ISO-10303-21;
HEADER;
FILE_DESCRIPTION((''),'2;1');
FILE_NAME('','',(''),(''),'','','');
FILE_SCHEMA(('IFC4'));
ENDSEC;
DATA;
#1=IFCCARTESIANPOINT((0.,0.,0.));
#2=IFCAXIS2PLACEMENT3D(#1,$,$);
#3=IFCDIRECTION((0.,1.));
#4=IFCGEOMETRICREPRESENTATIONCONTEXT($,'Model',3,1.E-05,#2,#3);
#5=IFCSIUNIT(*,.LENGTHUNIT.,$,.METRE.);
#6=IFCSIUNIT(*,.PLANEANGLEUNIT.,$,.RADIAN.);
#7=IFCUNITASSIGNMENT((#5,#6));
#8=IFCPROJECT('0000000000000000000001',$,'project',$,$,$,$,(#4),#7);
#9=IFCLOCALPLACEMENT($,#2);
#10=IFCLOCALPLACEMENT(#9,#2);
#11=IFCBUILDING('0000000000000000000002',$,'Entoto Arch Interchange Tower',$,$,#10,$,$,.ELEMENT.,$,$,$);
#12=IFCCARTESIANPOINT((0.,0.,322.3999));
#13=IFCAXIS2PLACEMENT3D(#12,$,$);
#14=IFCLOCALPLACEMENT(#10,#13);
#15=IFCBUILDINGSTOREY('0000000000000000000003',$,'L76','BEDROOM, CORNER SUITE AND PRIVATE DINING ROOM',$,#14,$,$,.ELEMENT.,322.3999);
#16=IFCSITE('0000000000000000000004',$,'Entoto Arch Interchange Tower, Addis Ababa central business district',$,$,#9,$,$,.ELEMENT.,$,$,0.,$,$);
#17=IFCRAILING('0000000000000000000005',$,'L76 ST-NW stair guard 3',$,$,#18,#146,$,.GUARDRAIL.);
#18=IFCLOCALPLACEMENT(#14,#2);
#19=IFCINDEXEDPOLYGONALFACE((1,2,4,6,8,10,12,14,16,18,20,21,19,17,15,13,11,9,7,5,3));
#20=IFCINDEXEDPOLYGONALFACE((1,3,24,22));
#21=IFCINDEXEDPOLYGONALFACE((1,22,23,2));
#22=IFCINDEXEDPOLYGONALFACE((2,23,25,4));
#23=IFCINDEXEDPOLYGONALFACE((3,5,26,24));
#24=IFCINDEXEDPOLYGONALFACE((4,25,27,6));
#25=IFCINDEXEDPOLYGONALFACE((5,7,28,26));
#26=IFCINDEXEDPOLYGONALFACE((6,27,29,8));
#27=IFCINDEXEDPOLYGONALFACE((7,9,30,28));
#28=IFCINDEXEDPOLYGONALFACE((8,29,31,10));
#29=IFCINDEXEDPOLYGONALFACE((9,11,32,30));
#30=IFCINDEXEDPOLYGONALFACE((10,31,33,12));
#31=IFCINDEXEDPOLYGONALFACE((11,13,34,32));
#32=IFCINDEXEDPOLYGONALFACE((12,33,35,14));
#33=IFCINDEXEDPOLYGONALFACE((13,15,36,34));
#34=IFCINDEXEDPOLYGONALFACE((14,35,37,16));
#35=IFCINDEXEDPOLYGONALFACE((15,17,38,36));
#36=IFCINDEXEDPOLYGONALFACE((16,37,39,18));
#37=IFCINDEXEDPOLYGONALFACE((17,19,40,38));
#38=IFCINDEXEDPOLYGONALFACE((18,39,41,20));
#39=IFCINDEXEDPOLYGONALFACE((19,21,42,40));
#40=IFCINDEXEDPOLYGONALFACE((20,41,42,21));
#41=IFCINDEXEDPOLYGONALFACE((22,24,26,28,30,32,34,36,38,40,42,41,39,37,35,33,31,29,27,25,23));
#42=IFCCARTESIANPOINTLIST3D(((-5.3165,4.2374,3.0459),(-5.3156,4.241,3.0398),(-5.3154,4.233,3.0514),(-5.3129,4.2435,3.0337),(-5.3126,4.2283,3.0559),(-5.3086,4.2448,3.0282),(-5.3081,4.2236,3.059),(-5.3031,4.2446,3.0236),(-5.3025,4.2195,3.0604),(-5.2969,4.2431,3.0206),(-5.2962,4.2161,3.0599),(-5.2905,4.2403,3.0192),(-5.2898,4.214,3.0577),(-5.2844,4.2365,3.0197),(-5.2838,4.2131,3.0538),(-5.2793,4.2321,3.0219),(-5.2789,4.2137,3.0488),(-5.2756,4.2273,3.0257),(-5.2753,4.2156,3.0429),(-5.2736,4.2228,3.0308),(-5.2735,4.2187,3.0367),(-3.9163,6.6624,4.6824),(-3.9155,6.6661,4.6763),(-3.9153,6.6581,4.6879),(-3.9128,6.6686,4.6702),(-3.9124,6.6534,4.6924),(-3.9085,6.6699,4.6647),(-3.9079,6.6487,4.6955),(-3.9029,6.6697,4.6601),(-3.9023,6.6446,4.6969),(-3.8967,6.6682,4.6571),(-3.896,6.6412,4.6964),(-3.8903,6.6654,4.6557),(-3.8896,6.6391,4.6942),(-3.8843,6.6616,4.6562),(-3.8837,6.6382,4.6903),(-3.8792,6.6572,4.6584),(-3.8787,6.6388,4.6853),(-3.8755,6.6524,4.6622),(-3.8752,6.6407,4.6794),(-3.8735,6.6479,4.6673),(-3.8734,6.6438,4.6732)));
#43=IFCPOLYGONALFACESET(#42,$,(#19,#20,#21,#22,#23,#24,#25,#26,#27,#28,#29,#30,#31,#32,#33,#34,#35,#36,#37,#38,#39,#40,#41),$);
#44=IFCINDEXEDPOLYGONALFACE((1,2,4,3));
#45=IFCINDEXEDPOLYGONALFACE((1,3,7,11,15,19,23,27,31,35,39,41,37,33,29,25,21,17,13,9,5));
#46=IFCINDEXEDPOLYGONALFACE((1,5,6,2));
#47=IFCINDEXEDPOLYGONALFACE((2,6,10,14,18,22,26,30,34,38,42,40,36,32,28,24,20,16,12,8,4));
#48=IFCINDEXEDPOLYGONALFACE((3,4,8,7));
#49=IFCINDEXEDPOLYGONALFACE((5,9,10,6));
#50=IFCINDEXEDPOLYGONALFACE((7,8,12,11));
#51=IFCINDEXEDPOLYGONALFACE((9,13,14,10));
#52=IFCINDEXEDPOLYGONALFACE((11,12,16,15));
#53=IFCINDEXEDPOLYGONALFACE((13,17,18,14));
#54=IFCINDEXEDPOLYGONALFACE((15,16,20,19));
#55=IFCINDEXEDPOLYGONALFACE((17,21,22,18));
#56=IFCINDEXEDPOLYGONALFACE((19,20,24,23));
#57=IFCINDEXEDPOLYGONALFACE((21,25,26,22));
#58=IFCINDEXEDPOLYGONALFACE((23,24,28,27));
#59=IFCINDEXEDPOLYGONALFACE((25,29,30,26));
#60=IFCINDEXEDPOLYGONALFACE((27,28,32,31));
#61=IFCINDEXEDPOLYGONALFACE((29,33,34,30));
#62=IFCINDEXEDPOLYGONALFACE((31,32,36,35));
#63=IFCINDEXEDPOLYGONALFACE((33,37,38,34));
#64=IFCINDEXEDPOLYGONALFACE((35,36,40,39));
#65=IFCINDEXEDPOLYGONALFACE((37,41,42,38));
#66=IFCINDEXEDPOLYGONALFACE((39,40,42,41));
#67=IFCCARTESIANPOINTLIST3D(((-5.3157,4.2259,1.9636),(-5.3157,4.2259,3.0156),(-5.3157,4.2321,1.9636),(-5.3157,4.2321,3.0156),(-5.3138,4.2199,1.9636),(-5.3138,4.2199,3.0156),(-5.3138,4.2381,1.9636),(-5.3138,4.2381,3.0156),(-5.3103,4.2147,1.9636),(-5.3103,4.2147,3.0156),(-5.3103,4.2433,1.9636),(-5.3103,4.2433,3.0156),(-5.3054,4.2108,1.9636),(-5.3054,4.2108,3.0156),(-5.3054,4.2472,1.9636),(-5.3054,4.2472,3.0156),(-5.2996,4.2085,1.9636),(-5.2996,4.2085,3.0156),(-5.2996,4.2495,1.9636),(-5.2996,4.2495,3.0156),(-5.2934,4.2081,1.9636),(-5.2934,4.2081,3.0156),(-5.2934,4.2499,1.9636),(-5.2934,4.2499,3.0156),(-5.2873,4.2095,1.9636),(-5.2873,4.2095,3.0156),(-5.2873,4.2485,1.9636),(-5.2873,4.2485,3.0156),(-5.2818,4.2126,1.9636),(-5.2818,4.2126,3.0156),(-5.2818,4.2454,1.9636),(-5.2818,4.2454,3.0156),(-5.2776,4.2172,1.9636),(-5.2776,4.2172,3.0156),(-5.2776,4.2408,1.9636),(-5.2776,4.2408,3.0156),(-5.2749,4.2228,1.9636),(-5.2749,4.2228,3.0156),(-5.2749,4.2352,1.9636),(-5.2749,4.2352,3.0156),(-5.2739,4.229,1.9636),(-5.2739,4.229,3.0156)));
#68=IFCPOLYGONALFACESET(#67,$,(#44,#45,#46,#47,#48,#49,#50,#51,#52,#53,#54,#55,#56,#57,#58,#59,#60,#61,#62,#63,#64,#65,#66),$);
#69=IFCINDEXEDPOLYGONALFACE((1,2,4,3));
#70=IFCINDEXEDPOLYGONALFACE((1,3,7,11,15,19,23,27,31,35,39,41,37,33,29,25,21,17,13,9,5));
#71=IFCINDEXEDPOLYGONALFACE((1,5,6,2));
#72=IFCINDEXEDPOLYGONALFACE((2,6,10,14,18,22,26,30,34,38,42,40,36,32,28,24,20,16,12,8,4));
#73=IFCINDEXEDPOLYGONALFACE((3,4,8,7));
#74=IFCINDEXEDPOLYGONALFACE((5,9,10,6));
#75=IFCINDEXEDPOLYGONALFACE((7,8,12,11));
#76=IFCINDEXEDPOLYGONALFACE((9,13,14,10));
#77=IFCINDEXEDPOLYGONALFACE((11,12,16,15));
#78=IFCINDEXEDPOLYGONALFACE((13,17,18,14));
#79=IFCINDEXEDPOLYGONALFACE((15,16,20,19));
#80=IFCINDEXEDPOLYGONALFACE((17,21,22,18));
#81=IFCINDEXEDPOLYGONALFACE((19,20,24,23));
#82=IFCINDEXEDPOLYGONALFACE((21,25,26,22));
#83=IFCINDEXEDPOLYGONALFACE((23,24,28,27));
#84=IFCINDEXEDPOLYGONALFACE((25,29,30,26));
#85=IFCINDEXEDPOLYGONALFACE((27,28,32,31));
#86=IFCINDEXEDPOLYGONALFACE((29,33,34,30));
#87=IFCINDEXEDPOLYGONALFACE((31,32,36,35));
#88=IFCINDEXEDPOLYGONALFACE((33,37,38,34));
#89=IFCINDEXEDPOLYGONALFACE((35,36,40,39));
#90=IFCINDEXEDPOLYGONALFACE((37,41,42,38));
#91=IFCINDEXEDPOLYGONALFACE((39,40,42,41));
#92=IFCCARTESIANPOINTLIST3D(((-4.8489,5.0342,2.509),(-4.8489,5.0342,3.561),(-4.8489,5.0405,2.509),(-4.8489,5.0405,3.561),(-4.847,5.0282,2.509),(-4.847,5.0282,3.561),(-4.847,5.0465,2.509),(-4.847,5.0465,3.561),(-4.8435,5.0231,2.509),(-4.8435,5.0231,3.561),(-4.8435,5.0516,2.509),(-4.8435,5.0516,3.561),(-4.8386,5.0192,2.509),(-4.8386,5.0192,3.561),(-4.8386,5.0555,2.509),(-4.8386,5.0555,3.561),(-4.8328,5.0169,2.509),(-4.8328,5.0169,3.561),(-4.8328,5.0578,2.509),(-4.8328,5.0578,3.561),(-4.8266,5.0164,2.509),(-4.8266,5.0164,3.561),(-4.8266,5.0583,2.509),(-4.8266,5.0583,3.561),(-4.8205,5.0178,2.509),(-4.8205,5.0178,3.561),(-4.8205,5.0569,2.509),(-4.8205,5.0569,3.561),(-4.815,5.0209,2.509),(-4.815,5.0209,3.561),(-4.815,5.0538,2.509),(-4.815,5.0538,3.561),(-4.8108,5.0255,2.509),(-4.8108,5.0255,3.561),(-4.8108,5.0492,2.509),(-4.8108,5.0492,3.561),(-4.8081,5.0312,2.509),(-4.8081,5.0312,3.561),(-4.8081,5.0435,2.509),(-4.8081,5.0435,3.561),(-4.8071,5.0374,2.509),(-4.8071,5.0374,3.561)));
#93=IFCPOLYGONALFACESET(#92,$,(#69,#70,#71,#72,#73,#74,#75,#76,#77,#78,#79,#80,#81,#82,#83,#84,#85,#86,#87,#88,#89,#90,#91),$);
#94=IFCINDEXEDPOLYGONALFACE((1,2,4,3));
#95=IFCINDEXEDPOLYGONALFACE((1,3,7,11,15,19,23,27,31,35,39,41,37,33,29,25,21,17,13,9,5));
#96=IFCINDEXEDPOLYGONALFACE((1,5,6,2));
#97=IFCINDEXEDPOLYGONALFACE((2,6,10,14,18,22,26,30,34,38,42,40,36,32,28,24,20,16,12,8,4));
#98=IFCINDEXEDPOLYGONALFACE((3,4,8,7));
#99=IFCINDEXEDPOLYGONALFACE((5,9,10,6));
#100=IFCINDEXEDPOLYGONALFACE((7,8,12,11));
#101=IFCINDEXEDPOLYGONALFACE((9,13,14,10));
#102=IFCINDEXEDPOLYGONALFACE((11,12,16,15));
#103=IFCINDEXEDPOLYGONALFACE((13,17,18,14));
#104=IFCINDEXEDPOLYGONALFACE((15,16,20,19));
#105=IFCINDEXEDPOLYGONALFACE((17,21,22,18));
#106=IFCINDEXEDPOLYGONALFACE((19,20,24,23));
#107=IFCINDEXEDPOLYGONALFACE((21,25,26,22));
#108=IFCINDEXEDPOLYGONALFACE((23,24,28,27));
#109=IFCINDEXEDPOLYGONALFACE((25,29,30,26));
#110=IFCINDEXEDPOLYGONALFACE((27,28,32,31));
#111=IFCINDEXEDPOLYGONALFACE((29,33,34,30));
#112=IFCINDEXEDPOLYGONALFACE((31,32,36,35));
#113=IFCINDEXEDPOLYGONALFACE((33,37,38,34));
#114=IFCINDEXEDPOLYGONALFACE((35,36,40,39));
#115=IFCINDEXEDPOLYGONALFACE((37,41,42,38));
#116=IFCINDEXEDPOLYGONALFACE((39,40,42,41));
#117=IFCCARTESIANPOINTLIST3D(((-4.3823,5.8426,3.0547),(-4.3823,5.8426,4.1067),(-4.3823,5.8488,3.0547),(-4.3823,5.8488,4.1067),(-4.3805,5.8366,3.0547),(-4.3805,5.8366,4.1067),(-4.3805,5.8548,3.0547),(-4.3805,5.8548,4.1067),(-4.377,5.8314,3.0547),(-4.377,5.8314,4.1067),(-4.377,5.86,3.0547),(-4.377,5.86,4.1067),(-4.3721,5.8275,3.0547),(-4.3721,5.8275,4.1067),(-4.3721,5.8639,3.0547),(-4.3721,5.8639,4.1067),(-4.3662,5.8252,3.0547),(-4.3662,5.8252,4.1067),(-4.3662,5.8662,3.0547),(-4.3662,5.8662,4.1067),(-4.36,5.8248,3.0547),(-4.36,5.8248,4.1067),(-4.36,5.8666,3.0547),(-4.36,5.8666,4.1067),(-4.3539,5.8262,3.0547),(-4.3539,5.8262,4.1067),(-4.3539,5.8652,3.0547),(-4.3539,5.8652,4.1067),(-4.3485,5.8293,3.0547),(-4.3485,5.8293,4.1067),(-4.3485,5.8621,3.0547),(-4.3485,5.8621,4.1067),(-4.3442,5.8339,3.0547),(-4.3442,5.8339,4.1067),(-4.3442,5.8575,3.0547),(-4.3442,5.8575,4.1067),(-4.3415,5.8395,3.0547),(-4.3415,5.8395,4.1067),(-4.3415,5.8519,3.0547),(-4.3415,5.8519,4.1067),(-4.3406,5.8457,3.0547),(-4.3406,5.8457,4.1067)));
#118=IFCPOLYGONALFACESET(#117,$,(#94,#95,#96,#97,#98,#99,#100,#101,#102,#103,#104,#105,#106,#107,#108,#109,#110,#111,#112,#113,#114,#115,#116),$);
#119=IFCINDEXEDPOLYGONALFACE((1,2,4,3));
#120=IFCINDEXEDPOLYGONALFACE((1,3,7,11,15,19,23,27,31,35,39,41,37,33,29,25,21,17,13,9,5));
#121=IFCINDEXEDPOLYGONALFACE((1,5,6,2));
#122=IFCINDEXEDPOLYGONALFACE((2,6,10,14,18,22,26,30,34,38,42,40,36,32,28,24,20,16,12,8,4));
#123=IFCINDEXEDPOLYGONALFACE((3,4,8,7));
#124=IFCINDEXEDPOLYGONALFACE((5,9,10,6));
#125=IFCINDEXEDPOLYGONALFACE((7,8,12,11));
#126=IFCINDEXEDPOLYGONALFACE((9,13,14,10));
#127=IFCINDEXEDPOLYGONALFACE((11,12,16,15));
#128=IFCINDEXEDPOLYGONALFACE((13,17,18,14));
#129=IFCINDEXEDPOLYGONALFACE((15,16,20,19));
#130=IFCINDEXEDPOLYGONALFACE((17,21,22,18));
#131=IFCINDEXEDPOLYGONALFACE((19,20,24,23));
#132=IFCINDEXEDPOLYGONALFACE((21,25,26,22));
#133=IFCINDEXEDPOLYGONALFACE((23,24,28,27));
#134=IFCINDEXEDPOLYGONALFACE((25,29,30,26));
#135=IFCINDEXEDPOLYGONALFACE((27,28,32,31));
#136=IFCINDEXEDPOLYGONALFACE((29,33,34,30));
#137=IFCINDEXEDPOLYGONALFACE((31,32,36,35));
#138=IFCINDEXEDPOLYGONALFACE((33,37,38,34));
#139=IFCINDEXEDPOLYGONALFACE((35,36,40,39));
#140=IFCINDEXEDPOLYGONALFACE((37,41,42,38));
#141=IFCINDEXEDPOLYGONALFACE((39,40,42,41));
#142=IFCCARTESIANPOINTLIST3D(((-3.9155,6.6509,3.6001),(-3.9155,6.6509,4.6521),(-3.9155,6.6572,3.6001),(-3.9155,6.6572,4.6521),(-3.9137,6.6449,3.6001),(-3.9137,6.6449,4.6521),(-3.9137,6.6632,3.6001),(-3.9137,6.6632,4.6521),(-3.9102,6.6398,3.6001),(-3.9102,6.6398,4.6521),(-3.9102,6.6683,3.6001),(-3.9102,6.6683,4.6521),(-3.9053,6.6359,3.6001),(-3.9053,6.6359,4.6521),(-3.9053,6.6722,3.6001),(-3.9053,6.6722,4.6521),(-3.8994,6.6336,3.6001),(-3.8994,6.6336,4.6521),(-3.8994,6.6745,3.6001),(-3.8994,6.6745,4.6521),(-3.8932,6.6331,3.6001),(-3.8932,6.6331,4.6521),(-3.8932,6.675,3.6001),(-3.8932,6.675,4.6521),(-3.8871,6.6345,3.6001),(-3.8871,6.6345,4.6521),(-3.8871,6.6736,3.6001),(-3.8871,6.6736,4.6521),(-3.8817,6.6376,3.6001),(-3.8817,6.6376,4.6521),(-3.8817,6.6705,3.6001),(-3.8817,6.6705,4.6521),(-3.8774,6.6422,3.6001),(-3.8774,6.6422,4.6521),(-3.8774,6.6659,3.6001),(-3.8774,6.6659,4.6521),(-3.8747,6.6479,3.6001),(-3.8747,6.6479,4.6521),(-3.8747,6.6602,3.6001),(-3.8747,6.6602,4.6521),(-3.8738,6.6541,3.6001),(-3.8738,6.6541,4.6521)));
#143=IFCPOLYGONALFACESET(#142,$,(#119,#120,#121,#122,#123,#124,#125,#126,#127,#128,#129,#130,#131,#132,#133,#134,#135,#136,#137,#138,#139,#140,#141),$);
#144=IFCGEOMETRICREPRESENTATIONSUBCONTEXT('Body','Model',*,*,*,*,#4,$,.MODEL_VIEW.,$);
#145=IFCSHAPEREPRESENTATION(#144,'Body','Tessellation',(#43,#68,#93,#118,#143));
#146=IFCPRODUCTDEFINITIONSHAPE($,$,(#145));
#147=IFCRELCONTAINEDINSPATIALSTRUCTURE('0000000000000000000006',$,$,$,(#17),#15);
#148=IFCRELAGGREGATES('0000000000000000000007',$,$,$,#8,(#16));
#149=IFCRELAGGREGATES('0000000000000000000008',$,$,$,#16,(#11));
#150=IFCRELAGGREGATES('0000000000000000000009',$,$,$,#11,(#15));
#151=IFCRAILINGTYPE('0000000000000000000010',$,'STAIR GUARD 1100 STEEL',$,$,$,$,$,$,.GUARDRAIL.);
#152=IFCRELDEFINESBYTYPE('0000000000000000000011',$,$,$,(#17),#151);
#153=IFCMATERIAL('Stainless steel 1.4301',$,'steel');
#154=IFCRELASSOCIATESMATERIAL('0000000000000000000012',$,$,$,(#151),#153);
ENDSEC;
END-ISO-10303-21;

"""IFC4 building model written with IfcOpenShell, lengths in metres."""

from ifc_helpers import new_model, si_unit, direction, frame, origin, origin_2d, place, context, subcontext, project, spatial, circle, extrude, material, type_object, element, save


model = new_model("IFC4")

# Units and contexts
model_context = context("Model", 3, precision=1e-05, world=origin(), true_north=direction((0.0, 1.0)))
body_context = subcontext(model_context, "Body", "Model", "MODEL_VIEW")
ifc_project = project(units=[si_unit("LENGTHUNIT", "METRE"), si_unit("PLANEANGLEUNIT", "RADIAN")], contexts=[model_context])

# Site, building, storey
site_placement = place(None, origin())
site = spatial("IfcSite", under=ifc_project, at=site_placement, Name="Entoto Arch Interchange Tower, Addis Ababa central business district", CompositionType="ELEMENT", RefElevation=0.0)
building_placement = place(site_placement, origin())
building = spatial("IfcBuilding", under=site, at=building_placement, Name="Entoto Arch Interchange Tower", CompositionType="ELEMENT")
storey_placement = place(building_placement, frame((0.0, 0.0, 322.3999)))
storey = spatial("IfcBuildingStorey", under=building, at=storey_placement, Name="L76", Description="BEDROOM, CORNER SUITE AND PRIVATE DINING ROOM", CompositionType="ELEMENT", Elevation=322.3999)

# Railing
ifc_material_1 = material(Name="Stainless steel 1.4301", Category="steel")
railing_type = type_object("IfcRailingType", Name="STAIR GUARD 1100 STEEL", PredefinedType="GUARDRAIL", material=ifc_material_1)
railing_1_placement = place(storey_placement, frame((-5.2949, 4.229, 1.9636)))
element("IfcRailing", 1, at=railing_1_placement, inside=storey, type_object=railing_type, Name="L76 ST-NW stair guard 3", PredefinedType="GUARDRAIL", context=body_context, shape_type="SweptSolid", body=[
    extrude(circle(Radius=0.0239, at=origin_2d()), frame((0.0, 0.0, 1.0762), z_axis=(0.431698, 0.747699, 0.504563), x_axis=(-0.866019, 0.500012, 0.0)), (0.0, 0.0, 1.0), 3.2434),
    extrude(circle(Radius=0.021, at=origin_2d()), origin(), (0.0, 0.0, 1.0), 1.052),
    extrude(circle(Radius=0.021, at=origin_2d()), frame((0.4668, 0.8083, 0.5454)), (0.0, 0.0, 1.0), 1.052),
    extrude(circle(Radius=0.021, at=origin_2d()), frame((0.9333, 1.6167, 1.0911)), (0.0, 0.0, 1.0), 1.052),
    extrude(circle(Radius=0.021, at=origin_2d()), frame((1.4001, 2.425, 1.6365)), (0.0, 0.0, 1.0), 1.052),
])

save(model, "model.ifc")
